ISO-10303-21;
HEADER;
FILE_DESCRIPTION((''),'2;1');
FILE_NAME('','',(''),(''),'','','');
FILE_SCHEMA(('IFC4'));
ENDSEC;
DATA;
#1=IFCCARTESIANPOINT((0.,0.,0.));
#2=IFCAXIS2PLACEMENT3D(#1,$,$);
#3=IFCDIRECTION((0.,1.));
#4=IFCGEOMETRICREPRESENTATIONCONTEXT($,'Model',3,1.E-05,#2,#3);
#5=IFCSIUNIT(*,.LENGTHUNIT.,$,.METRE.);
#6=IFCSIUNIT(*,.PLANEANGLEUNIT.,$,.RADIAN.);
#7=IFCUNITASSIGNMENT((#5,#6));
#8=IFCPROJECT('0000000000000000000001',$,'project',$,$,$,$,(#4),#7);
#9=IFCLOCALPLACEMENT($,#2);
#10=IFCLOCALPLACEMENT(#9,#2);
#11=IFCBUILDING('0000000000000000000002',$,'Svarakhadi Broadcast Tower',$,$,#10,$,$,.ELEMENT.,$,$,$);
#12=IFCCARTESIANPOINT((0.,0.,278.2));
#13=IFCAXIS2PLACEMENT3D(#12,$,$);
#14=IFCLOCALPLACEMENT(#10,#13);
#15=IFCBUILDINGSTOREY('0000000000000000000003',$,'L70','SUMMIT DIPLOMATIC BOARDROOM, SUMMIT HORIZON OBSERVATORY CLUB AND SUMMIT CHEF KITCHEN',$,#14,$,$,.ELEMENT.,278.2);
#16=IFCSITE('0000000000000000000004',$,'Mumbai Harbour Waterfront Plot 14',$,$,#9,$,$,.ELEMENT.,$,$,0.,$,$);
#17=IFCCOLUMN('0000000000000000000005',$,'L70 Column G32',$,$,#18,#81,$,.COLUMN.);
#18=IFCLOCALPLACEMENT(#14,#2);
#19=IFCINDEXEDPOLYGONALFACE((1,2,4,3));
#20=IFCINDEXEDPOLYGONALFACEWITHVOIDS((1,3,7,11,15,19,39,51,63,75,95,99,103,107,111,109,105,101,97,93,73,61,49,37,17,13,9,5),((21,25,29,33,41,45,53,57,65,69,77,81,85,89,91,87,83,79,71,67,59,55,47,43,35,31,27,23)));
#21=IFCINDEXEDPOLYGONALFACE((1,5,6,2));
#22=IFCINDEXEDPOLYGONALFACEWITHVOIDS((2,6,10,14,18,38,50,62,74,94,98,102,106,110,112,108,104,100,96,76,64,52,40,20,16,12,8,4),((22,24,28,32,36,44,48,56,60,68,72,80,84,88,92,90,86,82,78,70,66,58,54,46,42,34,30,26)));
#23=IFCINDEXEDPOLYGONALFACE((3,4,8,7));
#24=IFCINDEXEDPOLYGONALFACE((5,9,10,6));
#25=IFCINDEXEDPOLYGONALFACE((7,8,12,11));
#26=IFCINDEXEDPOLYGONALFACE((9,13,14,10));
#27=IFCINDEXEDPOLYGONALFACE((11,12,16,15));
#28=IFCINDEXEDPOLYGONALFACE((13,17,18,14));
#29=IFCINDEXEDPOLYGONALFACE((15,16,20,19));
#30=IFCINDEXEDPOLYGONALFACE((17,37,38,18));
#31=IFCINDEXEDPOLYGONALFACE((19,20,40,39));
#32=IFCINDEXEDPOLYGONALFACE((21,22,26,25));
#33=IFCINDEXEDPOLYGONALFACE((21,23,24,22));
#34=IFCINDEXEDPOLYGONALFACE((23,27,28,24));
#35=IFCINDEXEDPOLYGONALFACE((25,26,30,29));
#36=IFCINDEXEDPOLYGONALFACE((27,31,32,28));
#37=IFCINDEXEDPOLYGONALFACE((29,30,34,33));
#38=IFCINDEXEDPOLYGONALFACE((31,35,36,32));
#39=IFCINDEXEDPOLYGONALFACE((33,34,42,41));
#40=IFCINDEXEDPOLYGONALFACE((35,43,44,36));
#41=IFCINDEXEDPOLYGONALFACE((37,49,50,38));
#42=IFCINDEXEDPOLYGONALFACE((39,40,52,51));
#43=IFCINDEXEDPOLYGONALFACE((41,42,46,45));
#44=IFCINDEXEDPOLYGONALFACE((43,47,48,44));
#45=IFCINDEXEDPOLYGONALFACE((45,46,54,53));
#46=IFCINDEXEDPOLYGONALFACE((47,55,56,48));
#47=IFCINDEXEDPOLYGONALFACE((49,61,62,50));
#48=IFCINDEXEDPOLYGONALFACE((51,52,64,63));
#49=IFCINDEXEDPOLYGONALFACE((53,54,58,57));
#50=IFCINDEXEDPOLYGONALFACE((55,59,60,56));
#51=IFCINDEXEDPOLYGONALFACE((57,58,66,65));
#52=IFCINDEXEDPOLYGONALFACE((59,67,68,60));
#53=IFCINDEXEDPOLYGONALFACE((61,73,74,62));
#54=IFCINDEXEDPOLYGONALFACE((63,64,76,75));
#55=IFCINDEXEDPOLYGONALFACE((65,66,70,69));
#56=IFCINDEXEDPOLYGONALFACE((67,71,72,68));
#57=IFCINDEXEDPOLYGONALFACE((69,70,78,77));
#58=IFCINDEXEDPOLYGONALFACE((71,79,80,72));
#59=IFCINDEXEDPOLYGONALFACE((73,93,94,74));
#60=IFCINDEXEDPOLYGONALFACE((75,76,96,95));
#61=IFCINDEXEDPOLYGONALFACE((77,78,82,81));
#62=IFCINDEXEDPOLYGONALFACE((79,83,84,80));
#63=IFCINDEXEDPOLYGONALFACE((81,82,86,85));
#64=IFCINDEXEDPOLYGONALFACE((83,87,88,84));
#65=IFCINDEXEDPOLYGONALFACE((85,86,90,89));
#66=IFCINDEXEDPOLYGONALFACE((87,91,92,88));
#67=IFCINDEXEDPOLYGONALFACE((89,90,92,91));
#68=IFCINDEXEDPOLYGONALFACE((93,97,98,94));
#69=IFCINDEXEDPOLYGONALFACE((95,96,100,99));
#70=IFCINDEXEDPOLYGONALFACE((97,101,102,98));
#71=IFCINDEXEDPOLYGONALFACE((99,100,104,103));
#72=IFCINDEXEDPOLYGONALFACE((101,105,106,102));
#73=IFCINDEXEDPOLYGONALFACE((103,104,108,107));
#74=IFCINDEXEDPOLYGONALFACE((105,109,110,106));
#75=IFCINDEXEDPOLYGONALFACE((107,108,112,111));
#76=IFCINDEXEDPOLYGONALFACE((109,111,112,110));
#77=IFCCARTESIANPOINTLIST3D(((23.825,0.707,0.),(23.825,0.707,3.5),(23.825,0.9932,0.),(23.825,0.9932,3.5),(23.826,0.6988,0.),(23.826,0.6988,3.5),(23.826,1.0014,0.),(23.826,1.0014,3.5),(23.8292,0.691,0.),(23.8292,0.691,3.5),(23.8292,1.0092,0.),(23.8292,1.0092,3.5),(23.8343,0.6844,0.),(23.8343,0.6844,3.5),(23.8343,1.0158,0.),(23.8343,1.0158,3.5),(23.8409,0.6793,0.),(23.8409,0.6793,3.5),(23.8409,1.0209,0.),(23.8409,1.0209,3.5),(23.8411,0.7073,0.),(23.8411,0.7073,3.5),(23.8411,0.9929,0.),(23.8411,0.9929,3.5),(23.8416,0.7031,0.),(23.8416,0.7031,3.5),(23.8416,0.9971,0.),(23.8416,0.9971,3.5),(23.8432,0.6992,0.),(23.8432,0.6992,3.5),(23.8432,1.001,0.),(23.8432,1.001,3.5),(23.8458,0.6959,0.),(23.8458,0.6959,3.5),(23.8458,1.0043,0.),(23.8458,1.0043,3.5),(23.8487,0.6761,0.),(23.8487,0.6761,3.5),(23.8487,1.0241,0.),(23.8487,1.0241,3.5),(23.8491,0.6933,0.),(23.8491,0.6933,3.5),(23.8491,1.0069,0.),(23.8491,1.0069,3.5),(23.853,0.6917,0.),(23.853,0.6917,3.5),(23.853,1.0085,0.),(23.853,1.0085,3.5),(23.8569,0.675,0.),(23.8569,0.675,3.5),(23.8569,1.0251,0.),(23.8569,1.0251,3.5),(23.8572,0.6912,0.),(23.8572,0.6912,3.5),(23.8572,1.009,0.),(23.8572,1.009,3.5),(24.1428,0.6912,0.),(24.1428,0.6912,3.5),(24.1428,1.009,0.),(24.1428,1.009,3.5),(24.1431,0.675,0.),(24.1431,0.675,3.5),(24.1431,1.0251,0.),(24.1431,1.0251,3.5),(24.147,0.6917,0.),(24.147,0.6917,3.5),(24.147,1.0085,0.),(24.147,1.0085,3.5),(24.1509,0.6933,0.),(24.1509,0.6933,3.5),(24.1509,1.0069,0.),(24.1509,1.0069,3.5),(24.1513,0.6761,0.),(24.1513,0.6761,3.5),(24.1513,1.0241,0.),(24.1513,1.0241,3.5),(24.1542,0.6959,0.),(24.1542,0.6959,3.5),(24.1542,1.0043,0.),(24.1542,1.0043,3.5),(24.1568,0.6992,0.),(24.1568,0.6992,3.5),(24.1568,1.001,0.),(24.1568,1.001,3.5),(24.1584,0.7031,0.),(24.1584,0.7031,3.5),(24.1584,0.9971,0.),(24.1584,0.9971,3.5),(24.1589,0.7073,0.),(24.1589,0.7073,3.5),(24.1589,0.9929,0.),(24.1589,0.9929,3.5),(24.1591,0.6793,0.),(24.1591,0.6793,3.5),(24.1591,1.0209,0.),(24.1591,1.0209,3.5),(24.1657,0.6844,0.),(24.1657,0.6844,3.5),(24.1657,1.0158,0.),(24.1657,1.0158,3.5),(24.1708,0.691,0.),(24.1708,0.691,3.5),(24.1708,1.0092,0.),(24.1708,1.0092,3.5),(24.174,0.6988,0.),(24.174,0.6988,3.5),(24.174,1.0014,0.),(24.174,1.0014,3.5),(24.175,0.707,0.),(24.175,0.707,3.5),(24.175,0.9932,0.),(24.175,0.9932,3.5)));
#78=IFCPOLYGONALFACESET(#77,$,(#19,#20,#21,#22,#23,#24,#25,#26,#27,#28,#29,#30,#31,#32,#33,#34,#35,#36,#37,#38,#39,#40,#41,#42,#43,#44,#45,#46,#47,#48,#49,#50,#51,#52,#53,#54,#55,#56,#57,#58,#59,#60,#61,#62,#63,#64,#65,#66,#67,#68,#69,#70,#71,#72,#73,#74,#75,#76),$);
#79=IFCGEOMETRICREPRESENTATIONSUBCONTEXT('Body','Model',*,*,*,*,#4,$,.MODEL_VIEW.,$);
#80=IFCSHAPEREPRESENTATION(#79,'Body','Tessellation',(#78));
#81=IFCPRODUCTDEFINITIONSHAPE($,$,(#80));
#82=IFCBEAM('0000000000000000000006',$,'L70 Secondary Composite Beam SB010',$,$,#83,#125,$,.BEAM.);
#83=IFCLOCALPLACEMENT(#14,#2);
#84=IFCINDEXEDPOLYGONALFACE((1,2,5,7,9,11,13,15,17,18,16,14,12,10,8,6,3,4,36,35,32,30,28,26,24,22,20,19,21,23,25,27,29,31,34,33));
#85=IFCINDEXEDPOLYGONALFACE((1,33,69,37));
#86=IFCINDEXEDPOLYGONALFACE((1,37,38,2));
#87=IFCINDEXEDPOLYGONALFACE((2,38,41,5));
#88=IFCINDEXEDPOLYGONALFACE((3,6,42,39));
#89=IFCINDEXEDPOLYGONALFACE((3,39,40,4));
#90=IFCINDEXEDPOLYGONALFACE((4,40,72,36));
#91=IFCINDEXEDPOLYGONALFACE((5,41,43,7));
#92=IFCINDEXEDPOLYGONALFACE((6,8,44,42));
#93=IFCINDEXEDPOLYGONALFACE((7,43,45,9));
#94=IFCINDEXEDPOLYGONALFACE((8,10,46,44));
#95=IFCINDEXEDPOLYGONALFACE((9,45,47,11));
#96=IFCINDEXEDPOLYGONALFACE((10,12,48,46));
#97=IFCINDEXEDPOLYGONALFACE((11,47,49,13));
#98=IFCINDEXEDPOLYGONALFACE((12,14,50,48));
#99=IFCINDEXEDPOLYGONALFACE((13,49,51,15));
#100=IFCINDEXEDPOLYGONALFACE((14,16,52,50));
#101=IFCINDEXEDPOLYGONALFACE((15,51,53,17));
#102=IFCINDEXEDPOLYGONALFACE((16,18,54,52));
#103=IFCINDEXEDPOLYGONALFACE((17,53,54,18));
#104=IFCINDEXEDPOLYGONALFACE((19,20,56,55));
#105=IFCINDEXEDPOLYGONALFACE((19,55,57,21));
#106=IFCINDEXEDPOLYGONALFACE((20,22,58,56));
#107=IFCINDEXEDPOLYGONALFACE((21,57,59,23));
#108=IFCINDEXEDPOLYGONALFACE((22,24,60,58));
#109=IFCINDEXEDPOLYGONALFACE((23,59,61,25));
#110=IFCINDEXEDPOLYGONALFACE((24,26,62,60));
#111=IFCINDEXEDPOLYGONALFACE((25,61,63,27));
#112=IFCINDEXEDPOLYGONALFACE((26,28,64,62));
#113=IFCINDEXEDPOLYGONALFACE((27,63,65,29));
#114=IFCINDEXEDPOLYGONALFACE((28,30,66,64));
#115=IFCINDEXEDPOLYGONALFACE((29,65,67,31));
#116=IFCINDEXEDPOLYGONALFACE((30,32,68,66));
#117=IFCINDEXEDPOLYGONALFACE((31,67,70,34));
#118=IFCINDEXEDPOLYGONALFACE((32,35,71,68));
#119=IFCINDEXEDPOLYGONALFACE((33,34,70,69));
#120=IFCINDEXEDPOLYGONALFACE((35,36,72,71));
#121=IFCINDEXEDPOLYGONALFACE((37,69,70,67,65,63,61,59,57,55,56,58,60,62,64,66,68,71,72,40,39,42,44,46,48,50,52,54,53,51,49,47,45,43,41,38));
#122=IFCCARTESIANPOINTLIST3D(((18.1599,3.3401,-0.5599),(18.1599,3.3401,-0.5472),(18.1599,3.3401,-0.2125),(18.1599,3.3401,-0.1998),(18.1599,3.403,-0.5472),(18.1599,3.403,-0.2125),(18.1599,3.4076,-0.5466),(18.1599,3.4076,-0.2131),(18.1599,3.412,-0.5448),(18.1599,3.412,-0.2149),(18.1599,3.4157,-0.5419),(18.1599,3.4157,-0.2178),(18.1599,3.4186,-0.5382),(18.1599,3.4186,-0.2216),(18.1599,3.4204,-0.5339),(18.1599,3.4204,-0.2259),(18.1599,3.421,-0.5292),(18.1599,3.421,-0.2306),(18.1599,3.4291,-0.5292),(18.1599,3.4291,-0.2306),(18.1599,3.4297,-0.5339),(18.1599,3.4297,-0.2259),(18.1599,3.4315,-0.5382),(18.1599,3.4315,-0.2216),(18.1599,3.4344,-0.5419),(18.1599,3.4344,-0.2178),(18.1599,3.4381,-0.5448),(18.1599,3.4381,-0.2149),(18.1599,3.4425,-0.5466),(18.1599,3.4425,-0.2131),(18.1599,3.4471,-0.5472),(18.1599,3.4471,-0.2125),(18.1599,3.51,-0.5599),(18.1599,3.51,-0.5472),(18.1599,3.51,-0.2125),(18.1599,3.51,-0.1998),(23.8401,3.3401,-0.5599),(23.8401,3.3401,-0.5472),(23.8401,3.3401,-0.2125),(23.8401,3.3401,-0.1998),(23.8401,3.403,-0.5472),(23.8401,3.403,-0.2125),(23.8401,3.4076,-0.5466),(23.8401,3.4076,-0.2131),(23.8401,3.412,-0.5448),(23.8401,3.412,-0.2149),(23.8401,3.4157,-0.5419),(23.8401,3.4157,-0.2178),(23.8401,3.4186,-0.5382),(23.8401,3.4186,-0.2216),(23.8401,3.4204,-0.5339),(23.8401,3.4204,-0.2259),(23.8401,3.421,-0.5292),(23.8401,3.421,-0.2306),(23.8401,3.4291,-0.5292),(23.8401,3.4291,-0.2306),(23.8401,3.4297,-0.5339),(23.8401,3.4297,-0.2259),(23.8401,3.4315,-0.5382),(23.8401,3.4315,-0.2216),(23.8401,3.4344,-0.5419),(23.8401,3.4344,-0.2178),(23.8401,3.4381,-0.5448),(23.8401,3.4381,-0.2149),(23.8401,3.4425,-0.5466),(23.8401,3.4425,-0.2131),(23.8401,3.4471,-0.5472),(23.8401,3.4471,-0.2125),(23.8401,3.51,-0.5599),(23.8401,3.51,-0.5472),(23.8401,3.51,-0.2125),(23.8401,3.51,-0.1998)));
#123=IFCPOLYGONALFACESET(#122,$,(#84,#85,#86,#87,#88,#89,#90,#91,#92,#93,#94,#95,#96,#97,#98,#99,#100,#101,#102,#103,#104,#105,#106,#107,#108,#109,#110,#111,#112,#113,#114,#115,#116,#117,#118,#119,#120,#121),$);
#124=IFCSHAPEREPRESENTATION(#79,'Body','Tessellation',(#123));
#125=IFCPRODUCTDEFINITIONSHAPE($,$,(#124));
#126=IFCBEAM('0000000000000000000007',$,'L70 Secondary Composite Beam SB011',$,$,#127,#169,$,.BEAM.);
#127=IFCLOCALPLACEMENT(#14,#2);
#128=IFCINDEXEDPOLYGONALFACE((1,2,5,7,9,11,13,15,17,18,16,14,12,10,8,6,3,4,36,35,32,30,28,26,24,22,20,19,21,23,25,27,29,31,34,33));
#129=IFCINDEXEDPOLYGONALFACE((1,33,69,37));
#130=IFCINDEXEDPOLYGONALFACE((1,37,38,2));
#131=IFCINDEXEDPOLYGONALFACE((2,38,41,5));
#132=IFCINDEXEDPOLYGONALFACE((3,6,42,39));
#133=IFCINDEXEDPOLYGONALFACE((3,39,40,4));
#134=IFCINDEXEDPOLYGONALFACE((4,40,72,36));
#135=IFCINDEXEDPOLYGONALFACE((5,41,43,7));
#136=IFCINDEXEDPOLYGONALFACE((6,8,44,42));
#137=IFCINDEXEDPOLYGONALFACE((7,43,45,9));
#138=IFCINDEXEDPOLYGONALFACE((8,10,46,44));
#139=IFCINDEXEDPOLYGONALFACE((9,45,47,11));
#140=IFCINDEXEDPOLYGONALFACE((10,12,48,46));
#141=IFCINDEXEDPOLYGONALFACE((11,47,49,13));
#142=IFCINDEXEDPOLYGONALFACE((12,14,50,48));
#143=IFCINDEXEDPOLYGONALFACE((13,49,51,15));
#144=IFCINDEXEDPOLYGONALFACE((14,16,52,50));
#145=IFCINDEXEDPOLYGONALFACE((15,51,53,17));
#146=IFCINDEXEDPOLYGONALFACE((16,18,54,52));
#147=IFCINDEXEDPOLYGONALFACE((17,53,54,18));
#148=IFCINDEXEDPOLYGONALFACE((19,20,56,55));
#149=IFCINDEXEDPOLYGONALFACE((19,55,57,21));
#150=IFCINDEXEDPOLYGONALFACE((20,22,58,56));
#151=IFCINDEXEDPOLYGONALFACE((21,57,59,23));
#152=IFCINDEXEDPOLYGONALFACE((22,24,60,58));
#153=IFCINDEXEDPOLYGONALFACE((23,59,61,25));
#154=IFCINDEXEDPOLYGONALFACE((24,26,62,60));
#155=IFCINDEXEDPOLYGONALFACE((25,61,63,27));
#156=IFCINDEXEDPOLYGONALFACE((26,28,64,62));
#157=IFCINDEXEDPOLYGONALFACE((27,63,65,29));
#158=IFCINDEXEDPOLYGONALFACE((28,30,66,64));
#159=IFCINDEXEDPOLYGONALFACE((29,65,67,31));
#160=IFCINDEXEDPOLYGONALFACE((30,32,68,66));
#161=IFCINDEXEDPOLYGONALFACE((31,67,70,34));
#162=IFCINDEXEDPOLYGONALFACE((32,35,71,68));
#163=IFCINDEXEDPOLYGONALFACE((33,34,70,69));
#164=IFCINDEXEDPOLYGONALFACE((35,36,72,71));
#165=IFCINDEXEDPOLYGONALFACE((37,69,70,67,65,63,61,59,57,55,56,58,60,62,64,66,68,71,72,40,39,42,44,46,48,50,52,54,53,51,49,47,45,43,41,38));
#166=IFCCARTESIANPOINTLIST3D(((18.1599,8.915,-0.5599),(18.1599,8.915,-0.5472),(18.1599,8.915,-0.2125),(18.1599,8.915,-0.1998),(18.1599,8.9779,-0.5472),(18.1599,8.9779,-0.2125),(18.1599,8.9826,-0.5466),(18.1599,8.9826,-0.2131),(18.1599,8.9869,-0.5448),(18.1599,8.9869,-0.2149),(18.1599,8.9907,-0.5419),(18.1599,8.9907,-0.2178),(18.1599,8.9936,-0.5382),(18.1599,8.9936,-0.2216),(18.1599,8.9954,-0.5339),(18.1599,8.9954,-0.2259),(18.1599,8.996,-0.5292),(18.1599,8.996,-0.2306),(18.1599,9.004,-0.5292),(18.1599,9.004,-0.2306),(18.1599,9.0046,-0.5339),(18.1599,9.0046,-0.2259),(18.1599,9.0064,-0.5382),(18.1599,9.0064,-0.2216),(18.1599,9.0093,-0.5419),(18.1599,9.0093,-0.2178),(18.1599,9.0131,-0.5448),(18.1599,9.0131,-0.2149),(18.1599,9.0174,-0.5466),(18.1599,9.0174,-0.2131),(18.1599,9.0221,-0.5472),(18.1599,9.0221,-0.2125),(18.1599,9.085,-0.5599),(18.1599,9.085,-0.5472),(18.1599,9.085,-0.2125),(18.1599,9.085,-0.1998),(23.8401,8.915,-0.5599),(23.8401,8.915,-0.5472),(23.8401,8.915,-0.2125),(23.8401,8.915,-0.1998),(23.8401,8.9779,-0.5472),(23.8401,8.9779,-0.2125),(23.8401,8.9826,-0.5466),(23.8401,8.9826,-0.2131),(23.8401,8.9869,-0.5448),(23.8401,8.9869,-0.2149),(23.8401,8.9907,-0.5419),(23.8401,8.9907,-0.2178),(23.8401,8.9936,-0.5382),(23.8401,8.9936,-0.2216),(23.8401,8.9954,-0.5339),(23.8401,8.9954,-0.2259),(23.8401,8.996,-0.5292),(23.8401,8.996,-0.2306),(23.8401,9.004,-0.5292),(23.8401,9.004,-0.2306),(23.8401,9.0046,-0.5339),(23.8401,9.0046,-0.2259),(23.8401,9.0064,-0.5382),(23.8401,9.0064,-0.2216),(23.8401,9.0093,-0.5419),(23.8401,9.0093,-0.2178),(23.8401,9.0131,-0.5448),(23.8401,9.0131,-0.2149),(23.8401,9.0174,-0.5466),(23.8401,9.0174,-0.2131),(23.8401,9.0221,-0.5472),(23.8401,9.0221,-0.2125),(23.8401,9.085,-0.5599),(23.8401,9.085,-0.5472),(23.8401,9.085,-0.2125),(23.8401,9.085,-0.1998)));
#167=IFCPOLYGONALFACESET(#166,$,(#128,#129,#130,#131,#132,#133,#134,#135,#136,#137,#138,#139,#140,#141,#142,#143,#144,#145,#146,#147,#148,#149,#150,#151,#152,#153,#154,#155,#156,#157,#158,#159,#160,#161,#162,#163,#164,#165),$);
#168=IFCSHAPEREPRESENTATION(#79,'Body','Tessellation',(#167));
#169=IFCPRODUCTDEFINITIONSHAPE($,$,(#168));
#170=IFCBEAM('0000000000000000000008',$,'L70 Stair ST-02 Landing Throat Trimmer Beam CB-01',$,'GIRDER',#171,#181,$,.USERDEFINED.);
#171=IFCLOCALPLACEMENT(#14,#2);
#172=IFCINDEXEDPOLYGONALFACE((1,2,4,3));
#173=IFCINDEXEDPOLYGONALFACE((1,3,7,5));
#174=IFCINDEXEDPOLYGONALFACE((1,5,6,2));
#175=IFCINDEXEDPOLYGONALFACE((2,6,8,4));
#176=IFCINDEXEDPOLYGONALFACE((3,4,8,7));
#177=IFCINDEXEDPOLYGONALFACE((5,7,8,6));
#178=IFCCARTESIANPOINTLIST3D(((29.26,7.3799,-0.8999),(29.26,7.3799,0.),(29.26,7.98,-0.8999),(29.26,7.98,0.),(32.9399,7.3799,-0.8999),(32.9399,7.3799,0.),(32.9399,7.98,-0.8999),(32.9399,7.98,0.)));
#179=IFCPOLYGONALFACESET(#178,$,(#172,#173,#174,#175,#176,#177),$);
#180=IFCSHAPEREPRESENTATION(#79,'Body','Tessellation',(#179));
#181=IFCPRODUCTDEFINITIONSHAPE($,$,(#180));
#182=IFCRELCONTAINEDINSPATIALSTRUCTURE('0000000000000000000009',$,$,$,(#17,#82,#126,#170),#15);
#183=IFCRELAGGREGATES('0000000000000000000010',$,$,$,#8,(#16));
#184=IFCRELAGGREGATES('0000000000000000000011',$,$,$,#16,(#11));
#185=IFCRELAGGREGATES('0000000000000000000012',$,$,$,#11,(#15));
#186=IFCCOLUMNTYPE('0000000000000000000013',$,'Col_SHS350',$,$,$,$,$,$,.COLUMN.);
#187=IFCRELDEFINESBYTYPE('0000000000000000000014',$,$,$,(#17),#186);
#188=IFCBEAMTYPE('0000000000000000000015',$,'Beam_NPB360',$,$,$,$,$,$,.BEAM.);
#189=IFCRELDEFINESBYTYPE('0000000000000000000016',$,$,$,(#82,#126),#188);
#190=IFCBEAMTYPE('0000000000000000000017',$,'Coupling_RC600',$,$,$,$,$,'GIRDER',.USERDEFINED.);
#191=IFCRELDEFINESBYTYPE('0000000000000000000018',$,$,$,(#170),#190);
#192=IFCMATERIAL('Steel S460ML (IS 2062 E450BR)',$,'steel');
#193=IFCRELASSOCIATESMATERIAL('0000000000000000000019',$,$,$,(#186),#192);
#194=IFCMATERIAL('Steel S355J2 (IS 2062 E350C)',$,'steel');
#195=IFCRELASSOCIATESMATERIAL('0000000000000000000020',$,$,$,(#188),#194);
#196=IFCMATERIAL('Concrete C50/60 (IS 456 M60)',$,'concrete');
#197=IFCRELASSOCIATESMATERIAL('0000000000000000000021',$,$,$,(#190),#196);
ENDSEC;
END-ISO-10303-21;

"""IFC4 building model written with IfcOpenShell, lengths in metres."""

from ifc_helpers import new_model, si_unit, direction, frame, origin, origin_2d, place, context, subcontext, project, spatial, rectangle, hollow_rectangle, i_section, extrude, material, material_profile, profile_set, type_object, element, save


model = new_model("IFC4")

# Units and contexts
model_context = context("Model", 3, precision=1e-05, world=origin(), true_north=direction((0.0, 1.0)))
body_context = subcontext(model_context, "Body", "Model", "MODEL_VIEW")
ifc_project = project(units=[si_unit("LENGTHUNIT", "METRE"), si_unit("PLANEANGLEUNIT", "RADIAN")], contexts=[model_context])

# Site, building, storey
site_placement = place(None, origin())
site = spatial("IfcSite", under=ifc_project, at=site_placement, Name="Mumbai Harbour Waterfront Plot 14", CompositionType="ELEMENT", RefElevation=0.0)
building_placement = place(site_placement, origin())
building = spatial("IfcBuilding", under=site, at=building_placement, Name="Svarakhadi Broadcast Tower", CompositionType="ELEMENT")
storey_placement = place(building_placement, frame((0.0, 0.0, 278.2)))
storey = spatial("IfcBuildingStorey", under=building, at=storey_placement, Name="L70", Description="SUMMIT DIPLOMATIC BOARDROOM, SUMMIT HORIZON OBSERVATORY CLUB AND SUMMIT CHEF KITCHEN", CompositionType="ELEMENT", Elevation=278.2)

# Column
ifc_material_1 = material(Name="Concrete C50/60 (IS 456 M60)", Category="concrete")
ifc_material_2 = material(Name="Steel S460ML (IS 2062 E450BR)", Category="steel")
ifc_material_profile_1 = material_profile(ifc_material_2, hollow_rectangle(XDim=0.3501, YDim=0.3501, WallThickness=0.0161, InnerFilletRadius=0.0161, OuterFilletRadius=0.032, at=origin_2d()), Name="SHS 350x350x16")
ifc_profile_set_1 = profile_set([ifc_material_profile_1], Name="Steel S460ML (IS 2062 E450BR)")
column_type_1 = type_object("IfcColumnType", Name="Col_SHS350", PredefinedType="COLUMN", material=ifc_profile_set_1)
for number, where, z_axis, x_axis, name in (
    (1, (24.0, 0.8501, 0.0), (0.0, 0.0, 1.0), (1.0, 0.0, 0.0), "L70 Column G32"),
):
    element("IfcColumn", number, at=place(storey_placement, frame(where, z_axis=z_axis, x_axis=x_axis)), inside=storey, type_object=column_type_1, Name=name, PredefinedType="COLUMN", context=body_context, shape_type="SweptSolid", body=[
        extrude(hollow_rectangle(XDim=0.3501, YDim=0.3501, WallThickness=0.0161, InnerFilletRadius=0.0161, OuterFilletRadius=0.032, at=origin_2d()), origin(), (0.0, 0.0, 1.0), 3.5),
    ])

# Beams
ifc_material_3 = material(Name="Steel S355J2 (IS 2062 E350C)", Category="steel")
ifc_material_profile_2 = material_profile(ifc_material_3, i_section(OverallWidth=0.1699, OverallDepth=0.3601, WebThickness=0.0081, FlangeThickness=0.0127, FilletRadius=0.0181, at=origin_2d()), Name="NPB 360x170x57")
ifc_profile_set_2 = profile_set([ifc_material_profile_2], Name="Steel S355J2 (IS 2062 E350C)")
beam_type_1 = type_object("IfcBeamType", Name="Beam_NPB360", PredefinedType="BEAM", material=ifc_profile_set_2)
for number, where, z_axis, x_axis, name in (
    (2, (18.1599, 3.425, -0.3799), (1.0, 0.0, 0.0), (0.0, 1.0, 0.0), "L70 Secondary Composite Beam SB010"),
    (3, (18.1599, 9.0, -0.3799), (1.0, 0.0, 0.0), (0.0, 1.0, 0.0), "L70 Secondary Composite Beam SB011"),
):
    element("IfcBeam", number, at=place(storey_placement, frame(where, z_axis=z_axis, x_axis=x_axis)), inside=storey, type_object=beam_type_1, Name=name, PredefinedType="BEAM", context=body_context, shape_type="SweptSolid", body=[
        extrude(i_section(OverallWidth=0.1699, OverallDepth=0.3601, WebThickness=0.0081, FlangeThickness=0.0127, FilletRadius=0.0181, at=origin_2d()), origin(), (0.0, 0.0, 1.0), 5.6802),
    ])
ifc_material_profile_3 = material_profile(ifc_material_1, rectangle(XDim=0.6001, YDim=0.8999, at=origin_2d()), Name="RC 600x900")
ifc_profile_set_3 = profile_set([ifc_material_profile_3], Name="Concrete C50/60 (IS 456 M60)")
beam_type_2 = type_object("IfcBeamType", Name="Coupling_RC600", ElementType="GIRDER", PredefinedType="USERDEFINED", material=ifc_profile_set_3)
beam_1_placement = place(storey_placement, frame((29.26, 7.6799, -0.45), z_axis=(1.0, 0.0, 0.0), x_axis=(0.0, 1.0, 0.0)))
element("IfcBeam", 4, at=beam_1_placement, inside=storey, type_object=beam_type_2, Name="L70 Stair ST-02 Landing Throat Trimmer Beam CB-01", ObjectType="GIRDER", PredefinedType="USERDEFINED", context=body_context, shape_type="SweptSolid", body=[
    extrude(rectangle(XDim=0.6001, YDim=0.8999, at=origin_2d()), origin(), (0.0, 0.0, 1.0), 3.6799),
])

save(model, "model.ifc")
